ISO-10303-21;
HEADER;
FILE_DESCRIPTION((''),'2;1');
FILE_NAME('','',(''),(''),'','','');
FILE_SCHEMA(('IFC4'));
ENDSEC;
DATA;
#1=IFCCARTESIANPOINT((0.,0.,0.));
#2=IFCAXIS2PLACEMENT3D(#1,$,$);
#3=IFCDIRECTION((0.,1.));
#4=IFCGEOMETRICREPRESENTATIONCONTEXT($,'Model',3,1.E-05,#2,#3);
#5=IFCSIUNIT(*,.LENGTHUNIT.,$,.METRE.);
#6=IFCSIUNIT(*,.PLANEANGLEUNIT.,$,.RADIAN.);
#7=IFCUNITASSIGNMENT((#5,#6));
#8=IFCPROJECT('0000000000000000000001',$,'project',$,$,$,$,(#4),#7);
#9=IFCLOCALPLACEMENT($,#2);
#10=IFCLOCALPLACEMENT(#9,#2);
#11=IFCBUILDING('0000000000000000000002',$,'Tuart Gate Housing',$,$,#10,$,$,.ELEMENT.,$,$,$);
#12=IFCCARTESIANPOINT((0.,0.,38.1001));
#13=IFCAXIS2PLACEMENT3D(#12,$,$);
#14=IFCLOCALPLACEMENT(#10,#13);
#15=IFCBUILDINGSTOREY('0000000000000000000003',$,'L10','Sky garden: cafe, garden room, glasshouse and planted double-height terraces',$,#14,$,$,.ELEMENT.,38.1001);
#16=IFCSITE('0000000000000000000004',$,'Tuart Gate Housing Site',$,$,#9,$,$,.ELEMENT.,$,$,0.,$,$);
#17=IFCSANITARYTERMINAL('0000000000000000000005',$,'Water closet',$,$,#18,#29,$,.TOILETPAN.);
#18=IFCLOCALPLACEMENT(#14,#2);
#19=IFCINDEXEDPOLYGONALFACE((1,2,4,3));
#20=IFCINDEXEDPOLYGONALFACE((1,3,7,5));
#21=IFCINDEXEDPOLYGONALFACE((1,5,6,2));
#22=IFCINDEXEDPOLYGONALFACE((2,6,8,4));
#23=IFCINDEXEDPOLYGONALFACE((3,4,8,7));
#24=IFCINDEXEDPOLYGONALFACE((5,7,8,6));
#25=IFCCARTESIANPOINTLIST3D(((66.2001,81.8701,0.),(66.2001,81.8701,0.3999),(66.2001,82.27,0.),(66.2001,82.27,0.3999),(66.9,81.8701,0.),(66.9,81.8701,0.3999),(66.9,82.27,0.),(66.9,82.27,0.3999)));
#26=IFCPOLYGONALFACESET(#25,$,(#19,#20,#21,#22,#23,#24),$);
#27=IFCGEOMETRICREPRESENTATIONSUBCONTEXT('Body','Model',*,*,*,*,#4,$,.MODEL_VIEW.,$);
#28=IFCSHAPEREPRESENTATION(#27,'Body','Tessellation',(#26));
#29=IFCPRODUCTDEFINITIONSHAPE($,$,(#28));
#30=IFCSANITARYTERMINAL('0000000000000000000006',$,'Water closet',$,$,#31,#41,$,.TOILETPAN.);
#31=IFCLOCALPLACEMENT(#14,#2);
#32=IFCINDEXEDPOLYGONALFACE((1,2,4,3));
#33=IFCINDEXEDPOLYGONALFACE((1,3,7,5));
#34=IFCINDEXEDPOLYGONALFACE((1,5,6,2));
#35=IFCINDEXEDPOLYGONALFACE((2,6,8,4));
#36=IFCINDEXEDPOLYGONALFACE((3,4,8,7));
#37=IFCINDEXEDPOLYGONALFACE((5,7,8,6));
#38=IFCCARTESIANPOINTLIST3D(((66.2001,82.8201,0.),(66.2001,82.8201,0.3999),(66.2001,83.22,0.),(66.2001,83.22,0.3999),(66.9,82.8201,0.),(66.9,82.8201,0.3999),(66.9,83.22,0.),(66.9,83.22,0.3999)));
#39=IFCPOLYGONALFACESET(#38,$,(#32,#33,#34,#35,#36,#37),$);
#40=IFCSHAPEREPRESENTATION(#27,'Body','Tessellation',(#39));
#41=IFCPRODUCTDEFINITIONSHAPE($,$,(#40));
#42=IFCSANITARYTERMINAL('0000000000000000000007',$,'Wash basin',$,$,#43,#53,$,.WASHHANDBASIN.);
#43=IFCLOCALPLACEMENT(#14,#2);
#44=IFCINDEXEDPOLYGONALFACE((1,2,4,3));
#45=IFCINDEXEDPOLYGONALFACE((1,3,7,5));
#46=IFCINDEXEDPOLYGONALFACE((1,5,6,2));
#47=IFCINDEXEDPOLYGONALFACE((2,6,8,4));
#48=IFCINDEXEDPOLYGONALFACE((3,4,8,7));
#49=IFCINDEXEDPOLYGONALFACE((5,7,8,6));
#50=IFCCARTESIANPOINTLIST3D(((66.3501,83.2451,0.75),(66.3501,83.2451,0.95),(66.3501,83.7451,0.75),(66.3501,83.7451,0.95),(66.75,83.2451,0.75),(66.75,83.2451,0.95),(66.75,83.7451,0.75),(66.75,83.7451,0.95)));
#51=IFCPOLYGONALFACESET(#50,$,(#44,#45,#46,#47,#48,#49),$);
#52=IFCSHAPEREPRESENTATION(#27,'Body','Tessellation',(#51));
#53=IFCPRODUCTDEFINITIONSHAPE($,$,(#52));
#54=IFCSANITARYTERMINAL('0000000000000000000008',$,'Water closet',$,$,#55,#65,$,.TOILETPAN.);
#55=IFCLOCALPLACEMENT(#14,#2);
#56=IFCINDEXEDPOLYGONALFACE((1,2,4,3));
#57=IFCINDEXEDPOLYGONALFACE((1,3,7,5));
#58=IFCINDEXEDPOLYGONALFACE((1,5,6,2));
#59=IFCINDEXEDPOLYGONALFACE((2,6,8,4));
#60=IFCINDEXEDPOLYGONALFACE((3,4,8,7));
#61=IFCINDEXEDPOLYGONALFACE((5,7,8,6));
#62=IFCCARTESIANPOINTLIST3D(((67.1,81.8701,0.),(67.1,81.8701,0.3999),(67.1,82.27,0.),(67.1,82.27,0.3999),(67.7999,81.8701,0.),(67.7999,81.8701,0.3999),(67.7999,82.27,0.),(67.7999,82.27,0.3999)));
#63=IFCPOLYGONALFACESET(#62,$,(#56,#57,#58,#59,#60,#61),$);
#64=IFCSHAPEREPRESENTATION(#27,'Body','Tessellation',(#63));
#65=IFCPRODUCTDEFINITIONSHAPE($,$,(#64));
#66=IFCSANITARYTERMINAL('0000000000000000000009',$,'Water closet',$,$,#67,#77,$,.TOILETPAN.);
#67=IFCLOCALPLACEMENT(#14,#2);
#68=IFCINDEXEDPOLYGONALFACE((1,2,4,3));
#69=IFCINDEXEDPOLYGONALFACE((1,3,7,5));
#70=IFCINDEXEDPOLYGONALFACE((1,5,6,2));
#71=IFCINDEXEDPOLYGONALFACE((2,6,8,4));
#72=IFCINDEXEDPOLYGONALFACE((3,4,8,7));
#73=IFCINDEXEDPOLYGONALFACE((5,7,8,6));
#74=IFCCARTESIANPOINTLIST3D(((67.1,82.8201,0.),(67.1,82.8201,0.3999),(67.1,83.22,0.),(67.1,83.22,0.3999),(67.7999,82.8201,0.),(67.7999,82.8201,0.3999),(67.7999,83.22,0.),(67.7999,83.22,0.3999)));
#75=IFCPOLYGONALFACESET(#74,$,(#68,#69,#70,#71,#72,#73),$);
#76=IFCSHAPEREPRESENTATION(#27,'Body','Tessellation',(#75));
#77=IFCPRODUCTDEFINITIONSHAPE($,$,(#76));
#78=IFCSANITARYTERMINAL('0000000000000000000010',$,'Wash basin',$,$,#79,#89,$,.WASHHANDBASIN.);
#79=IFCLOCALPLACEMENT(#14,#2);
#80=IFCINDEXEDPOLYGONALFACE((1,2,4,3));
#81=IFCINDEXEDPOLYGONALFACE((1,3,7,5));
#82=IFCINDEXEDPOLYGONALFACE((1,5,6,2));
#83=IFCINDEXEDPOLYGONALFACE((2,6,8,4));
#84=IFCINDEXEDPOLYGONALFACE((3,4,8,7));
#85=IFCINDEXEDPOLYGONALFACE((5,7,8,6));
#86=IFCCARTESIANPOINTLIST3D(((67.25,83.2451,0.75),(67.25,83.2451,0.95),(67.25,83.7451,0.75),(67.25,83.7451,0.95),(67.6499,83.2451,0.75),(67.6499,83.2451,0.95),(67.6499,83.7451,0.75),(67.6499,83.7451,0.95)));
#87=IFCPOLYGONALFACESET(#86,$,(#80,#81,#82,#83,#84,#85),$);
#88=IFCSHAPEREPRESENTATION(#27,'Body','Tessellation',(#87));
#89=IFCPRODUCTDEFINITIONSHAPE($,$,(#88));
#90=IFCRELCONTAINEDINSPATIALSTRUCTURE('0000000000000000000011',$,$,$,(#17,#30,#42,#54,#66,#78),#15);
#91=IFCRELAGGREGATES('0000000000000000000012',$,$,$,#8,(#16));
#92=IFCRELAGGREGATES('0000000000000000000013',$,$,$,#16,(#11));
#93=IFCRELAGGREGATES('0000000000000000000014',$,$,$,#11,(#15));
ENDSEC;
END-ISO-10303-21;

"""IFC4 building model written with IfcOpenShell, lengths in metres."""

from ifc_helpers import new_model, si_unit, direction, frame, origin, origin_2d, place, context, subcontext, project, spatial, rectangle, extrude, element, save


model = new_model("IFC4")

# Units and contexts
model_context = context("Model", 3, precision=1e-05, world=origin(), true_north=direction((0.0, 1.0)))
body_context = subcontext(model_context, "Body", "Model", "MODEL_VIEW")
ifc_project = project(units=[si_unit("LENGTHUNIT", "METRE"), si_unit("PLANEANGLEUNIT", "RADIAN")], contexts=[model_context])

# Site, building, storey
site_placement = place(None, origin())
site = spatial("IfcSite", under=ifc_project, at=site_placement, Name="Tuart Gate Housing Site", CompositionType="ELEMENT", RefElevation=0.0)
building_placement = place(site_placement, origin())
building = spatial("IfcBuilding", under=site, at=building_placement, Name="Tuart Gate Housing", CompositionType="ELEMENT")
storey_placement = place(building_placement, frame((0.0, 0.0, 38.1001)))
storey = spatial("IfcBuildingStorey", under=building, at=storey_placement, Name="L10", Description="Sky garden: cafe, garden room, glasshouse and planted double-height terraces", CompositionType="ELEMENT", Elevation=38.1001)

# Sanitary terminals
for number, where, z_axis, x_axis, name in (
    (1, (66.55, 82.0701, 0.0), (0.0, 0.0, 1.0), (1.0, 0.0, 0.0), "Water closet"),
    (2, (66.55, 83.02, 0.0), (0.0, 0.0, 1.0), (1.0, 0.0, 0.0), "Water closet"),
):
    element("IfcSanitaryTerminal", number, at=place(storey_placement, frame(where, z_axis=z_axis, x_axis=x_axis)), inside=storey, Name=name, PredefinedType="TOILETPAN", context=body_context, shape_type="SweptSolid", body=[
        extrude(rectangle(XDim=0.7, YDim=0.3999, at=origin_2d()), origin(), (0.0, 0.0, 1.0), 0.3999),
    ])
sanitary_terminal_1_placement = place(storey_placement, frame((66.55, 83.4951, 0.75), z_axis=(0.0, 0.0, 1.0), x_axis=(1.0, 0.0, 0.0)))
element("IfcSanitaryTerminal", 3, at=sanitary_terminal_1_placement, inside=storey, Name="Wash basin", PredefinedType="WASHHANDBASIN", context=body_context, shape_type="SweptSolid", body=[
    extrude(rectangle(XDim=0.3999, YDim=0.5, at=origin_2d()), origin(), (0.0, 0.0, 1.0), 0.2),
])
for number, where, z_axis, x_axis, name in (
    (4, (67.45, 82.0701, 0.0), (0.0, 0.0, 1.0), (1.0, 0.0, 0.0), "Water closet"),
    (5, (67.45, 83.02, 0.0), (0.0, 0.0, 1.0), (1.0, 0.0, 0.0), "Water closet"),
):
    element("IfcSanitaryTerminal", number, at=place(storey_placement, frame(where, z_axis=z_axis, x_axis=x_axis)), inside=storey, Name=name, PredefinedType="TOILETPAN", context=body_context, shape_type="SweptSolid", body=[
        extrude(rectangle(XDim=0.7, YDim=0.3999, at=origin_2d()), origin(), (0.0, 0.0, 1.0), 0.3999),
    ])
sanitary_terminal_2_placement = place(storey_placement, frame((67.45, 83.4951, 0.75), z_axis=(0.0, 0.0, 1.0), x_axis=(1.0, 0.0, 0.0)))
element("IfcSanitaryTerminal", 6, at=sanitary_terminal_2_placement, inside=storey, Name="Wash basin", PredefinedType="WASHHANDBASIN", context=body_context, shape_type="SweptSolid", body=[
    extrude(rectangle(XDim=0.3999, YDim=0.5, at=origin_2d()), origin(), (0.0, 0.0, 1.0), 0.2),
])

save(model, "model.ifc")
